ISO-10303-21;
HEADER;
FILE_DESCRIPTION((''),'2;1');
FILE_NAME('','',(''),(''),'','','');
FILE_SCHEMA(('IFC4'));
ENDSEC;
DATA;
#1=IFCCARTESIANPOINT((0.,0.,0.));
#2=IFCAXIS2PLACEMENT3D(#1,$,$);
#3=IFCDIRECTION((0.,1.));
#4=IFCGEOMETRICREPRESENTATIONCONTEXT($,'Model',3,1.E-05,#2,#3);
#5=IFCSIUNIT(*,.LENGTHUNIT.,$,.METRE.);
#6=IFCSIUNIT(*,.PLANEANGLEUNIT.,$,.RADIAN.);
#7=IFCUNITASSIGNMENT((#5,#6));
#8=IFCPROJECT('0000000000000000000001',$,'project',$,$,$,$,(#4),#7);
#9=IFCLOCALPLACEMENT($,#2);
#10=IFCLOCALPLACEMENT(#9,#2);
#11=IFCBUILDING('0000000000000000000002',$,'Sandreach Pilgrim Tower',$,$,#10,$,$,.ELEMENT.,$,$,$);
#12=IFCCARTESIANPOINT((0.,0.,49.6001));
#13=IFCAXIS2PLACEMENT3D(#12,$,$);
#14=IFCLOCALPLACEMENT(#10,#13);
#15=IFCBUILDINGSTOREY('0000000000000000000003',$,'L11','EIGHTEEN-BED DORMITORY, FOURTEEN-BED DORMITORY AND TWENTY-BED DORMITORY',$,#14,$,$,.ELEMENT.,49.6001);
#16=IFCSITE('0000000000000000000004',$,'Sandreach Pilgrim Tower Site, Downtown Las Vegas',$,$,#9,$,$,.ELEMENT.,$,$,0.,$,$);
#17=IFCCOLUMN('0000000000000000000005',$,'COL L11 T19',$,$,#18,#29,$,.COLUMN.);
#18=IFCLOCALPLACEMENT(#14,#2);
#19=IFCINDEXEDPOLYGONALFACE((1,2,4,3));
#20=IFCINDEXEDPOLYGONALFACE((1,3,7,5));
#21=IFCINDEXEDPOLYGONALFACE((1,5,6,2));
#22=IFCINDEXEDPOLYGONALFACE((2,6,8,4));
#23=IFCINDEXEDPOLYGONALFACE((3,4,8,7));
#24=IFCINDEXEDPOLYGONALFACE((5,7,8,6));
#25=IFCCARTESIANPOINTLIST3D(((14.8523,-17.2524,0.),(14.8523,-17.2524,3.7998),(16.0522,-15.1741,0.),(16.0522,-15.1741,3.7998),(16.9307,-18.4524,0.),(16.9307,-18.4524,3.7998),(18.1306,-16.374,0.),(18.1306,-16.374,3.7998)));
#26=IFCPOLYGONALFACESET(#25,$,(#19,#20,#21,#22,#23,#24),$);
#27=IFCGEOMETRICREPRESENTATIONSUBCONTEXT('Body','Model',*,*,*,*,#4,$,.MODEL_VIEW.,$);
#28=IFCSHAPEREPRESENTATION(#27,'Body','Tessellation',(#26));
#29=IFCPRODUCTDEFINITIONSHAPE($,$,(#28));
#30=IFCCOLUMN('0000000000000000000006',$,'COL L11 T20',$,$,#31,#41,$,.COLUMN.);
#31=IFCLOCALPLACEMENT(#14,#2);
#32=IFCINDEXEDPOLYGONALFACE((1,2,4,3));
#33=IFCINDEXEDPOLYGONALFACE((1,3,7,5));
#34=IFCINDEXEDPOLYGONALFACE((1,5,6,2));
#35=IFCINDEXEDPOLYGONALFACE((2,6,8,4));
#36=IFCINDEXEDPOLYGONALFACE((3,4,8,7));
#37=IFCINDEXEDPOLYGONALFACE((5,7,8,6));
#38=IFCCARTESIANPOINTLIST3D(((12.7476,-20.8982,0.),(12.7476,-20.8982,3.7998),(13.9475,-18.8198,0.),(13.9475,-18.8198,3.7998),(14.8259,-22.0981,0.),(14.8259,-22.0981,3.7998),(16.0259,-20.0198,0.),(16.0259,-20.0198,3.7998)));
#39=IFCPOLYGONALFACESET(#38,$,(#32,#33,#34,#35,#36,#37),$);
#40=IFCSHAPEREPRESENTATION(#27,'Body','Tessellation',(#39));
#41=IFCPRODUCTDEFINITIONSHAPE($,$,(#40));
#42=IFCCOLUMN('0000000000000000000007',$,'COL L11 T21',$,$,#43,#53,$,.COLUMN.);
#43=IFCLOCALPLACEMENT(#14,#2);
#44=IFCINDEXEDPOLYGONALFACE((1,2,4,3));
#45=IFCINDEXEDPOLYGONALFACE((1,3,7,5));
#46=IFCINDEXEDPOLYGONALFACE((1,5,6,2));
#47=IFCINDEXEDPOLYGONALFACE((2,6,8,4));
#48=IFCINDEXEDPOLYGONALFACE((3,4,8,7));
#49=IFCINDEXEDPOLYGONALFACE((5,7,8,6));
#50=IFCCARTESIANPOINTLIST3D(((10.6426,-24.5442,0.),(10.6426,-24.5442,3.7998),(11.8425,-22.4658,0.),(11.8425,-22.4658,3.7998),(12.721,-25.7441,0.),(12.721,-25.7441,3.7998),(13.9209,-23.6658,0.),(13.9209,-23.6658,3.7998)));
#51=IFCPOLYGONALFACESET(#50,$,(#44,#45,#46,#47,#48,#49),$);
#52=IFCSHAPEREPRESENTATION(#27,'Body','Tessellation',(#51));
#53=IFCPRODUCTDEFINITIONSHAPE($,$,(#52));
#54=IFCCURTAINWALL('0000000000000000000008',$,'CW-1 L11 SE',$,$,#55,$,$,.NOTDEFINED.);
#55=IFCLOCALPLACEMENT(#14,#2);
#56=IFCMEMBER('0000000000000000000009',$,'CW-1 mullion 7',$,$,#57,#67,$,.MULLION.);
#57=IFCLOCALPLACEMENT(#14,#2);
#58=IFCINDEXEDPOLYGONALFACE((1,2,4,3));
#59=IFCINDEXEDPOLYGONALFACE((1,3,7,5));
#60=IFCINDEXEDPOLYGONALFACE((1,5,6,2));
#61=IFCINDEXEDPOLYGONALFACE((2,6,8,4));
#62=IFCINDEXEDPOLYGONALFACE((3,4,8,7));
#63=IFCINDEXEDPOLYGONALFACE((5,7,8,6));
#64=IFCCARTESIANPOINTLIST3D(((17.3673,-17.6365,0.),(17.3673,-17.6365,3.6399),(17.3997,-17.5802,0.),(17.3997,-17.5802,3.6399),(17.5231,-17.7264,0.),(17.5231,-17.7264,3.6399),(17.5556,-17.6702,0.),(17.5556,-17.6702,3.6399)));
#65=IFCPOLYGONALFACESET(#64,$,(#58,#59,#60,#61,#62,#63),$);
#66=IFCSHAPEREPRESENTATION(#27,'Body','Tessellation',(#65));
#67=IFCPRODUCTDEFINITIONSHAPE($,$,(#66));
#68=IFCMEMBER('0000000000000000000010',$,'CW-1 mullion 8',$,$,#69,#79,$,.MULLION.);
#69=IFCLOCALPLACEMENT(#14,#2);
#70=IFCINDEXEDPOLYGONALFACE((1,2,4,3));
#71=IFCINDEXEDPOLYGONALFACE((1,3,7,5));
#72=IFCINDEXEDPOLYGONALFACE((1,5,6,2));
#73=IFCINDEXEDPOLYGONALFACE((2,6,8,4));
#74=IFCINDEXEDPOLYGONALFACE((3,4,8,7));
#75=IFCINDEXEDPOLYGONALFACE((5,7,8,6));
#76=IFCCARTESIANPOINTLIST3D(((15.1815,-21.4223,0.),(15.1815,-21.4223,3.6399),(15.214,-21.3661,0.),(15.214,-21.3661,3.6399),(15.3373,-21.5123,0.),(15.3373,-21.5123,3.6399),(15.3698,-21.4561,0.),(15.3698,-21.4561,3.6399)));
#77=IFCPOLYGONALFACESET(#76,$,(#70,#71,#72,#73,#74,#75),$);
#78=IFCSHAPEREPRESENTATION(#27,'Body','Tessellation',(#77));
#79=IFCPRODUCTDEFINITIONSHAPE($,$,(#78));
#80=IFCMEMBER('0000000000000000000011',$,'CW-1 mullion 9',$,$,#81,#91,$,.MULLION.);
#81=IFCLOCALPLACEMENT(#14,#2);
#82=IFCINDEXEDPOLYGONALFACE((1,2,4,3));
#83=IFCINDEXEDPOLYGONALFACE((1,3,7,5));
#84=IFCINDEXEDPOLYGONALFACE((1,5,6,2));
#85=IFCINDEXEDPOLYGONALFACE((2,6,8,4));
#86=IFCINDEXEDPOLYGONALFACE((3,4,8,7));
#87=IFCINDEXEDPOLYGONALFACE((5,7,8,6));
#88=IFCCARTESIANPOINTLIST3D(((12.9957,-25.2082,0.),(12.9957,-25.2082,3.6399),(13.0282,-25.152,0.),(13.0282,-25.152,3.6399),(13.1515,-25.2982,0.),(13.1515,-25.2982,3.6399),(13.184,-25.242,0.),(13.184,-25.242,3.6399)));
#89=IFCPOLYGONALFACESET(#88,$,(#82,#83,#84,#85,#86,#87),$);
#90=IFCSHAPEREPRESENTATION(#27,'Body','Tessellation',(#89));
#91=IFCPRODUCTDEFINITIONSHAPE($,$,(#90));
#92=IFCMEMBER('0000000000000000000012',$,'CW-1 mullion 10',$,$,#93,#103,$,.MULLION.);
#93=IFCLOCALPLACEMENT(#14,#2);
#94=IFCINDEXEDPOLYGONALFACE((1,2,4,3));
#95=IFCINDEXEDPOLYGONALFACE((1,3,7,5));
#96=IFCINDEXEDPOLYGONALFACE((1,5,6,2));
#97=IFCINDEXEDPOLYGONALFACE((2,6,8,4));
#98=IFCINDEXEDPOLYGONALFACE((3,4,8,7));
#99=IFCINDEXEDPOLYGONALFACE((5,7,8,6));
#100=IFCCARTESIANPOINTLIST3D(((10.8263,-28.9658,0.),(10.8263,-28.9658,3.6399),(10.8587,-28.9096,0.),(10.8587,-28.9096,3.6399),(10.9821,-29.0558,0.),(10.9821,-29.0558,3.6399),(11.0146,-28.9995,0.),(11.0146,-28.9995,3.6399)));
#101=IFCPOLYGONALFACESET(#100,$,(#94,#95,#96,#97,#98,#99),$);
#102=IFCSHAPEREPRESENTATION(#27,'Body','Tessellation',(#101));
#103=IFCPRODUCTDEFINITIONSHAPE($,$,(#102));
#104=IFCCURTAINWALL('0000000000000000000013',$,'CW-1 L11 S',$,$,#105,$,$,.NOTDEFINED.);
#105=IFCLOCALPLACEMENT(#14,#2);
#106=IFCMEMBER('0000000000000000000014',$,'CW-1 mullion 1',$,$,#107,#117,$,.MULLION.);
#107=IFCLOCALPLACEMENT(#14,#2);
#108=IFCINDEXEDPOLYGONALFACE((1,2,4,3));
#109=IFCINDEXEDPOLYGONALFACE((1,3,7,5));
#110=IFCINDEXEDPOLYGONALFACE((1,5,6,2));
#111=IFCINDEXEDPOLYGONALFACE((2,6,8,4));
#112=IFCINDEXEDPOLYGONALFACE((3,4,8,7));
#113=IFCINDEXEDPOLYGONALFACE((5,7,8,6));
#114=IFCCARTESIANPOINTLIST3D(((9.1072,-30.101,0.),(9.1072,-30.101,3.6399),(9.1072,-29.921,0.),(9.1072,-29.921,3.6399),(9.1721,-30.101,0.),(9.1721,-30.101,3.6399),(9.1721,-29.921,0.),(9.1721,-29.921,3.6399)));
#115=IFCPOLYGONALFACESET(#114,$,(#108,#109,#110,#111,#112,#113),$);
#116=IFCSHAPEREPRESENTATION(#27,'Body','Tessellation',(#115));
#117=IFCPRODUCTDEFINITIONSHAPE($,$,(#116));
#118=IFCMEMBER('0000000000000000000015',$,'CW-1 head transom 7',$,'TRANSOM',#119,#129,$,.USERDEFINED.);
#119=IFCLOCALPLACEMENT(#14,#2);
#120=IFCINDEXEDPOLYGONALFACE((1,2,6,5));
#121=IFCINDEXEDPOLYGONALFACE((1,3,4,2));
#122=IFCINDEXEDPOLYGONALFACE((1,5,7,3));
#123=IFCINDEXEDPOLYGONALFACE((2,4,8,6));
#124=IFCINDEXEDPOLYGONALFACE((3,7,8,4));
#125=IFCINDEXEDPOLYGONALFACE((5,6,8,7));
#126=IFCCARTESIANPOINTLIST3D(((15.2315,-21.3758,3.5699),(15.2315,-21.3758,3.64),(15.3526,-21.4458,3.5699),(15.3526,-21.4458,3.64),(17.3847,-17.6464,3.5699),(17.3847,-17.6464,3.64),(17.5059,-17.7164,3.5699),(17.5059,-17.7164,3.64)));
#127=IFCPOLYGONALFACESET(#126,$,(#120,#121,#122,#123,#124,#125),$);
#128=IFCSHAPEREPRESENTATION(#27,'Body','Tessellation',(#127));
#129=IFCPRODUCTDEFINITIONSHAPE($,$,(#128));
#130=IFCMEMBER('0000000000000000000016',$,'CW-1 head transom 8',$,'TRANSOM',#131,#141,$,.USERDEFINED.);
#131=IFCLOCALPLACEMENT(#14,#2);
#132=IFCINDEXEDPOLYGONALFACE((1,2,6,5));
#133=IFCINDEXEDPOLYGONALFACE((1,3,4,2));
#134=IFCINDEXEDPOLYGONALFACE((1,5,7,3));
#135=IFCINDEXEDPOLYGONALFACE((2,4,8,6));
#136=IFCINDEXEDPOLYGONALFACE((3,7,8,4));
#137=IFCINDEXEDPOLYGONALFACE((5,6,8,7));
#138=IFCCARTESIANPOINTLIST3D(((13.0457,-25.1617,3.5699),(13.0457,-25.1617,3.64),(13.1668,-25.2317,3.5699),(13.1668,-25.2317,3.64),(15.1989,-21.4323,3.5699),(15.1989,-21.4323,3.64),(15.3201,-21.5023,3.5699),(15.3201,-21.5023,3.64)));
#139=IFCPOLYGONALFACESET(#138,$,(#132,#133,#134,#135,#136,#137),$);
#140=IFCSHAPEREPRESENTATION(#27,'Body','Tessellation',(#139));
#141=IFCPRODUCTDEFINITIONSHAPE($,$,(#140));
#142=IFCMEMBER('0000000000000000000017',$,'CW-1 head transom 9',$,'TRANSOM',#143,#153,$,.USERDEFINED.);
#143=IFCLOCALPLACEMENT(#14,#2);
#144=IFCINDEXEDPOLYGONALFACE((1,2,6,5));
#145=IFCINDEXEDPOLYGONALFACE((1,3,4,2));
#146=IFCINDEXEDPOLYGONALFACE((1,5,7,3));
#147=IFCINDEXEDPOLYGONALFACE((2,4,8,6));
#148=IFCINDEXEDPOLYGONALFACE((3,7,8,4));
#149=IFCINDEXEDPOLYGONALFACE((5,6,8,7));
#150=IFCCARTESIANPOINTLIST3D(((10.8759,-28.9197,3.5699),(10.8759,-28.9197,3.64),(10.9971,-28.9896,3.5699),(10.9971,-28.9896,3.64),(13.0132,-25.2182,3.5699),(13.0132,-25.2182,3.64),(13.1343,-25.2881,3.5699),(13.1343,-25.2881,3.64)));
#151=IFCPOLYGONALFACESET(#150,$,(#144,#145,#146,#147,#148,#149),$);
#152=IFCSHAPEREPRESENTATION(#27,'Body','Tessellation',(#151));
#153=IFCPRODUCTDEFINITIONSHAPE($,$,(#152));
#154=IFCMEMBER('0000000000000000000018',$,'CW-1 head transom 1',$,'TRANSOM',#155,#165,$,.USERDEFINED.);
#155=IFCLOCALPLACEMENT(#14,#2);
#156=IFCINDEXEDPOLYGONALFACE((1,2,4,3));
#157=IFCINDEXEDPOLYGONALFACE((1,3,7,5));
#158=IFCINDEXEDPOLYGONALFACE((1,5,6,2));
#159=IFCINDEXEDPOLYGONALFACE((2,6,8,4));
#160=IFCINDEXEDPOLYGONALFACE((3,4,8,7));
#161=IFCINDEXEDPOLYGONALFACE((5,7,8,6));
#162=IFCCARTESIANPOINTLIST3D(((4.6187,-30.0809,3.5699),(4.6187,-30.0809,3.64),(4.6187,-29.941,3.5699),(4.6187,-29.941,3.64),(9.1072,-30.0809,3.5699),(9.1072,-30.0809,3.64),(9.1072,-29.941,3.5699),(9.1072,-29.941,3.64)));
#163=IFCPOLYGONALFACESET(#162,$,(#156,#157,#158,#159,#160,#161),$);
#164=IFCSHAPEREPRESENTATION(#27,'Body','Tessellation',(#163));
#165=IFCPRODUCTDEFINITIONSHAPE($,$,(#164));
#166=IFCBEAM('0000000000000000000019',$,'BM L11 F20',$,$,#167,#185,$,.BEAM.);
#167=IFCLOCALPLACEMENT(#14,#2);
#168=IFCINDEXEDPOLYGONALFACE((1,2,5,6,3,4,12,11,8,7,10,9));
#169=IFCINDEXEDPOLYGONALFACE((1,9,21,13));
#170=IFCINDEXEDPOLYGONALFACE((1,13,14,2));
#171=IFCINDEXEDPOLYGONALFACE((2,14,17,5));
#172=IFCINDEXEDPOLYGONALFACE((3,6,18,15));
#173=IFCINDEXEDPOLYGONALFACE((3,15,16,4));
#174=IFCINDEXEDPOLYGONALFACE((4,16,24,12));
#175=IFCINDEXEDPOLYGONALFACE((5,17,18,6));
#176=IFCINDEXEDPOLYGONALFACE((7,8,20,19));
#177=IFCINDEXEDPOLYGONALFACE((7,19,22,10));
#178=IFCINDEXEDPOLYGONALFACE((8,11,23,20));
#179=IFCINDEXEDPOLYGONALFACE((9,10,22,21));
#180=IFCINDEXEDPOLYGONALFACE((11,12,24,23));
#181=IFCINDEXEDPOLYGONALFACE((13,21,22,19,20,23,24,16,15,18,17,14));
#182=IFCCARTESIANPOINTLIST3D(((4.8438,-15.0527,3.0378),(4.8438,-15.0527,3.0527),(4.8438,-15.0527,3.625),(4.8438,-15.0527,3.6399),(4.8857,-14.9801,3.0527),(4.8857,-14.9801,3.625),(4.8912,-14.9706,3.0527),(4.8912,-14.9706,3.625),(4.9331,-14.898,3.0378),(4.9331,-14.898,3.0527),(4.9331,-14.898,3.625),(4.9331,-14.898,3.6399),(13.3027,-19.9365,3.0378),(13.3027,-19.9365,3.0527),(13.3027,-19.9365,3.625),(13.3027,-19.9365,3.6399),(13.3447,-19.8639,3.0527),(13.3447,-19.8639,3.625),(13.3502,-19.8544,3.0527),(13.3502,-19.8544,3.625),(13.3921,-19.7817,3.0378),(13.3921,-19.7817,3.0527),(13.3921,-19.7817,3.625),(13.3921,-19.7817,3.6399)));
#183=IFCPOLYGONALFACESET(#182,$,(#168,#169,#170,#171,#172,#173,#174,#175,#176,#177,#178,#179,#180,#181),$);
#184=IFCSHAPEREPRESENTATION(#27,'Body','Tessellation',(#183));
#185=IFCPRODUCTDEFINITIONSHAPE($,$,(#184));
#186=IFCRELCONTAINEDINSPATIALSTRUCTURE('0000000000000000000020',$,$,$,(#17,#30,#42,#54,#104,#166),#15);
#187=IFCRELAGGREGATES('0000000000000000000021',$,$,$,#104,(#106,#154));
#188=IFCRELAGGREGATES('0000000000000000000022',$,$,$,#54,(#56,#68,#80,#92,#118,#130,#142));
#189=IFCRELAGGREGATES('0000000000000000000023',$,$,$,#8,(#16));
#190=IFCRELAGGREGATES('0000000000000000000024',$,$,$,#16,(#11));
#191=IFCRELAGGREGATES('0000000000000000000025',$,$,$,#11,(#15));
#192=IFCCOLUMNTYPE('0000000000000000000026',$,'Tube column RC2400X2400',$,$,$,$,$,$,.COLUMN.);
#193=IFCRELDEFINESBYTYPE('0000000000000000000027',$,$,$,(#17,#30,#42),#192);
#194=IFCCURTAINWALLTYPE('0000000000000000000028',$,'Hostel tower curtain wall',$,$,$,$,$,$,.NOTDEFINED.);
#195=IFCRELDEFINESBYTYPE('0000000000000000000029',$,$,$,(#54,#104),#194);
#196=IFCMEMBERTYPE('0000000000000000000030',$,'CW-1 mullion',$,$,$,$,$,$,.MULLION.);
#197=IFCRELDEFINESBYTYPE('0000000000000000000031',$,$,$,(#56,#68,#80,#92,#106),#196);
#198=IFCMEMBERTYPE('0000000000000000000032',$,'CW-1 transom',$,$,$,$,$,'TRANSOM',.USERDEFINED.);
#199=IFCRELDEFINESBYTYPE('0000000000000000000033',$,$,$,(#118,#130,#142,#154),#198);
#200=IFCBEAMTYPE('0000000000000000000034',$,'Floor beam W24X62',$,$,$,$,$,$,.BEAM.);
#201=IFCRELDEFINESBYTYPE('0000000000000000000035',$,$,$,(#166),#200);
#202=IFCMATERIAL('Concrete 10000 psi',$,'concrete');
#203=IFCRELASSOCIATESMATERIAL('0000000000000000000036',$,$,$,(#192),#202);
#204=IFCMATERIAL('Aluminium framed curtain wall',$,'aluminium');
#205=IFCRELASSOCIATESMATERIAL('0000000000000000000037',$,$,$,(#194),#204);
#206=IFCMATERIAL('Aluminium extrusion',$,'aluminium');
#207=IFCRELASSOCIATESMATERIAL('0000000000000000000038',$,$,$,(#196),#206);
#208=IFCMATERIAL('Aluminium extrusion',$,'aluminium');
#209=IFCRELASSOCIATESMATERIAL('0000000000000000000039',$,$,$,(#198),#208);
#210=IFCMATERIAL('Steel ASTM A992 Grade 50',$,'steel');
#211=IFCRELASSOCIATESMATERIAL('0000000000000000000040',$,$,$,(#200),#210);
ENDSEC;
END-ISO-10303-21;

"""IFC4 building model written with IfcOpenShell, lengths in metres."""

from ifc_helpers import new_model, si_unit, direction, frame, origin, origin_2d, place, context, subcontext, project, spatial, rectangle, i_section, extrude, material, material_profile, profile_set, type_object, element, aggregate, save


model = new_model("IFC4")

# Units and contexts
model_context = context("Model", 3, precision=1e-05, world=origin(), true_north=direction((0.0, 1.0)))
body_context = subcontext(model_context, "Body", "Model", "MODEL_VIEW")
ifc_project = project(units=[si_unit("LENGTHUNIT", "METRE"), si_unit("PLANEANGLEUNIT", "RADIAN")], contexts=[model_context])

# Site, building, storey
site_placement = place(None, origin())
site = spatial("IfcSite", under=ifc_project, at=site_placement, Name="Sandreach Pilgrim Tower Site, Downtown Las Vegas", CompositionType="ELEMENT", RefElevation=0.0)
building_placement = place(site_placement, origin())
building = spatial("IfcBuilding", under=site, at=building_placement, Name="Sandreach Pilgrim Tower", CompositionType="ELEMENT")
storey_placement = place(building_placement, frame((0.0, 0.0, 49.6001)))
storey = spatial("IfcBuildingStorey", under=building, at=storey_placement, Name="L11", Description="EIGHTEEN-BED DORMITORY, FOURTEEN-BED DORMITORY AND TWENTY-BED DORMITORY", CompositionType="ELEMENT", Elevation=49.6001)

# Columns
ifc_material_1 = material(Name="Concrete 10000 psi", Category="concrete")
ifc_material_profile_1 = material_profile(ifc_material_1, rectangle(XDim=2.3999, YDim=2.3999, at=origin_2d()), Name="RC2400X2400")
ifc_profile_set_1 = profile_set([ifc_material_profile_1], Name="Concrete 10000 psi")
column_type = type_object("IfcColumnType", Name="Tube column RC2400X2400", PredefinedType="COLUMN", material=ifc_profile_set_1)
for number, where, z_axis, x_axis, name in (
    (1, (16.4915, -16.8132, 0.0), (0.0, 0.0, 1.0), (0.866025, -0.5, 0.0), "COL L11 T19"),
    (2, (14.3867, -20.459, 0.0), (0.0, 0.0, 1.0), (0.866025, -0.5, 0.0), "COL L11 T20"),
    (3, (12.2817, -24.105, 0.0), (0.0, 0.0, 1.0), (0.866025, -0.5, 0.0), "COL L11 T21"),
):
    element("IfcColumn", number, at=place(storey_placement, frame(where, z_axis=z_axis, x_axis=x_axis)), inside=storey, type_object=column_type, Name=name, PredefinedType="COLUMN", context=body_context, shape_type="SweptSolid", body=[
        extrude(rectangle(XDim=2.3999, YDim=2.3999, at=origin_2d()), origin(), (0.0, 0.0, 1.0), 3.7998),
    ])

# Curtain wall, members
ifc_material_2 = material(Name="Aluminium framed curtain wall", Category="aluminium")
curtain_wall_type = type_object("IfcCurtainWallType", Name="Hostel tower curtain wall", PredefinedType="NOTDEFINED", material=ifc_material_2)
curtain_wall_1_placement = place(storey_placement, origin())
curtain_wall_1 = element("IfcCurtainWall", 4, at=curtain_wall_1_placement, inside=storey, type_object=curtain_wall_type, Name="CW-1 L11 SE", PredefinedType="NOTDEFINED")
ifc_material_3 = material(Name="Aluminium extrusion", Category="aluminium")
ifc_material_profile_2 = material_profile(ifc_material_3, rectangle(XDim=0.0649, YDim=0.1799, at=origin_2d()), Name="CW-1M 65X180")
ifc_profile_set_2 = profile_set([ifc_material_profile_2], Name="Aluminium extrusion")
member_type_1 = type_object("IfcMemberType", Name="CW-1 mullion", PredefinedType="MULLION", material=ifc_profile_set_2)
member_1_placement = place(storey_placement, frame((17.4614, -17.6533, 0.0), z_axis=(0.0, 0.0, 1.0), x_axis=(-0.5, -0.866025, 0.0)))
member_1 = element("IfcMember", 5, at=member_1_placement, type_object=member_type_1, Name="CW-1 mullion 7", PredefinedType="MULLION", context=body_context, shape_type="SweptSolid", body=[
    extrude(rectangle(XDim=0.0649, YDim=0.1799, at=origin_2d()), origin(), (0.0, 0.0, 1.0), 3.6399),
])
member_2_placement = place(storey_placement, frame((15.2756, -21.4392, 0.0), z_axis=(0.0, 0.0, 1.0), x_axis=(-0.5, -0.866025, 0.0)))
member_2 = element("IfcMember", 6, at=member_2_placement, type_object=member_type_1, Name="CW-1 mullion 8", PredefinedType="MULLION", context=body_context, shape_type="SweptSolid", body=[
    extrude(rectangle(XDim=0.0649, YDim=0.1799, at=origin_2d()), origin(), (0.0, 0.0, 1.0), 3.6399),
])
member_3_placement = place(storey_placement, frame((13.0898, -25.2251, 0.0), z_axis=(0.0, 0.0, 1.0), x_axis=(-0.5, -0.866025, 0.0)))
member_3 = element("IfcMember", 7, at=member_3_placement, type_object=member_type_1, Name="CW-1 mullion 9", PredefinedType="MULLION", context=body_context, shape_type="SweptSolid", body=[
    extrude(rectangle(XDim=0.0649, YDim=0.1799, at=origin_2d()), origin(), (0.0, 0.0, 1.0), 3.6399),
])
member_4_placement = place(storey_placement, frame((10.9204, -28.9827, 0.0), z_axis=(0.0, 0.0, 1.0), x_axis=(-0.5, -0.866025, 0.0)))
member_4 = element("IfcMember", 8, at=member_4_placement, type_object=member_type_1, Name="CW-1 mullion 10", PredefinedType="MULLION", context=body_context, shape_type="SweptSolid", body=[
    extrude(rectangle(XDim=0.0649, YDim=0.1799, at=origin_2d()), origin(), (0.0, 0.0, 1.0), 3.6399),
])

# Curtain wall, member
curtain_wall_2_placement = place(storey_placement, origin())
curtain_wall_2 = element("IfcCurtainWall", 9, at=curtain_wall_2_placement, inside=storey, type_object=curtain_wall_type, Name="CW-1 L11 S", PredefinedType="NOTDEFINED")
member_5_placement = place(storey_placement, frame((9.1396, -30.011, 0.0), z_axis=(0.0, 0.0, 1.0), x_axis=(-1.0, 0.0, 0.0)))
member_5 = element("IfcMember", 10, at=member_5_placement, type_object=member_type_1, Name="CW-1 mullion 1", PredefinedType="MULLION", context=body_context, shape_type="SweptSolid", body=[
    extrude(rectangle(XDim=0.0649, YDim=0.1799, at=origin_2d()), origin(), (0.0, 0.0, 1.0), 3.6399),
])

# Members
ifc_material_4 = material(Name="Aluminium extrusion", Category="aluminium")
ifc_material_profile_3 = material_profile(ifc_material_4, rectangle(XDim=0.1399, YDim=0.0701, at=origin_2d()), Name="CW-1T 140X70")
ifc_profile_set_3 = profile_set([ifc_material_profile_3], Name="Aluminium extrusion")
member_type_2 = type_object("IfcMemberType", Name="CW-1 transom", ElementType="TRANSOM", PredefinedType="USERDEFINED", material=ifc_profile_set_3)
member_6_placement = place(storey_placement, frame((17.4453, -17.6814, 3.605), z_axis=(-0.500017, -0.866016, 0.0), x_axis=(0.866016, -0.500017, 0.0)))
member_6 = element("IfcMember", 11, at=member_6_placement, type_object=member_type_2, Name="CW-1 head transom 7", ObjectType="TRANSOM", PredefinedType="USERDEFINED", context=body_context, shape_type="SweptSolid", body=[
    extrude(rectangle(XDim=0.1399, YDim=0.0701, at=origin_2d()), origin(), (0.0, 0.0, 1.0), 4.3064),
])
member_7_placement = place(storey_placement, frame((15.2595, -21.4673, 3.605), z_axis=(-0.500017, -0.866016, 0.0), x_axis=(0.866016, -0.500017, 0.0)))
member_7 = element("IfcMember", 12, at=member_7_placement, type_object=member_type_2, Name="CW-1 head transom 8", ObjectType="TRANSOM", PredefinedType="USERDEFINED", context=body_context, shape_type="SweptSolid", body=[
    extrude(rectangle(XDim=0.1399, YDim=0.0701, at=origin_2d()), origin(), (0.0, 0.0, 1.0), 4.3064),
])
member_8_placement = place(storey_placement, frame((13.0737, -25.2532, 3.605), z_axis=(-0.500034, -0.866006, 0.0), x_axis=(0.866006, -0.500034, 0.0)))
member_8 = element("IfcMember", 13, at=member_8_placement, type_object=member_type_2, Name="CW-1 head transom 9", ObjectType="TRANSOM", PredefinedType="USERDEFINED", context=body_context, shape_type="SweptSolid", body=[
    extrude(rectangle(XDim=0.1399, YDim=0.0701, at=origin_2d()), origin(), (0.0, 0.0, 1.0), 4.2742),
])
member_9_placement = place(storey_placement, frame((9.1072, -30.011, 3.605), z_axis=(-1.0, 0.0, 0.0), x_axis=(0.0, -1.0, 0.0)))
member_9 = element("IfcMember", 14, at=member_9_placement, type_object=member_type_2, Name="CW-1 head transom 1", ObjectType="TRANSOM", PredefinedType="USERDEFINED", context=body_context, shape_type="SweptSolid", body=[
    extrude(rectangle(XDim=0.1399, YDim=0.0701, at=origin_2d()), origin(), (0.0, 0.0, 1.0), 4.4885),
])
aggregate(curtain_wall_2, [member_5, member_9])

# Beam
ifc_material_5 = material(Name="Steel ASTM A992 Grade 50", Category="steel")
ifc_material_profile_4 = material_profile(ifc_material_5, i_section(OverallWidth=0.1787, OverallDepth=0.6021, WebThickness=0.011, FlangeThickness=0.0149, at=origin_2d()), Name="W24X62")
ifc_profile_set_4 = profile_set([ifc_material_profile_4], Name="Steel ASTM A992 Grade 50")
beam_type_1 = type_object("IfcBeamType", Name="Floor beam W24X62", PredefinedType="BEAM", material=ifc_profile_set_4)
beam_1_placement = place(storey_placement, frame((13.3474, -19.8591, 3.3389), z_axis=(-0.866026, 0.499999, 0.0), x_axis=(-0.499999, -0.866026, 0.0)))
element("IfcBeam", 15, at=beam_1_placement, inside=storey, type_object=beam_type_1, Name="BM L11 F20", PredefinedType="BEAM", context=body_context, shape_type="SweptSolid", body=[
    extrude(i_section(OverallWidth=0.1787, OverallDepth=0.6021, WebThickness=0.011, FlangeThickness=0.0149, at=origin_2d()), origin(), (0.0, 0.0, 1.0), 9.7676),
])

aggregate(curtain_wall_1, [member_1, member_2, member_3, member_4, member_6, member_7, member_8])

save(model, "model.ifc")
